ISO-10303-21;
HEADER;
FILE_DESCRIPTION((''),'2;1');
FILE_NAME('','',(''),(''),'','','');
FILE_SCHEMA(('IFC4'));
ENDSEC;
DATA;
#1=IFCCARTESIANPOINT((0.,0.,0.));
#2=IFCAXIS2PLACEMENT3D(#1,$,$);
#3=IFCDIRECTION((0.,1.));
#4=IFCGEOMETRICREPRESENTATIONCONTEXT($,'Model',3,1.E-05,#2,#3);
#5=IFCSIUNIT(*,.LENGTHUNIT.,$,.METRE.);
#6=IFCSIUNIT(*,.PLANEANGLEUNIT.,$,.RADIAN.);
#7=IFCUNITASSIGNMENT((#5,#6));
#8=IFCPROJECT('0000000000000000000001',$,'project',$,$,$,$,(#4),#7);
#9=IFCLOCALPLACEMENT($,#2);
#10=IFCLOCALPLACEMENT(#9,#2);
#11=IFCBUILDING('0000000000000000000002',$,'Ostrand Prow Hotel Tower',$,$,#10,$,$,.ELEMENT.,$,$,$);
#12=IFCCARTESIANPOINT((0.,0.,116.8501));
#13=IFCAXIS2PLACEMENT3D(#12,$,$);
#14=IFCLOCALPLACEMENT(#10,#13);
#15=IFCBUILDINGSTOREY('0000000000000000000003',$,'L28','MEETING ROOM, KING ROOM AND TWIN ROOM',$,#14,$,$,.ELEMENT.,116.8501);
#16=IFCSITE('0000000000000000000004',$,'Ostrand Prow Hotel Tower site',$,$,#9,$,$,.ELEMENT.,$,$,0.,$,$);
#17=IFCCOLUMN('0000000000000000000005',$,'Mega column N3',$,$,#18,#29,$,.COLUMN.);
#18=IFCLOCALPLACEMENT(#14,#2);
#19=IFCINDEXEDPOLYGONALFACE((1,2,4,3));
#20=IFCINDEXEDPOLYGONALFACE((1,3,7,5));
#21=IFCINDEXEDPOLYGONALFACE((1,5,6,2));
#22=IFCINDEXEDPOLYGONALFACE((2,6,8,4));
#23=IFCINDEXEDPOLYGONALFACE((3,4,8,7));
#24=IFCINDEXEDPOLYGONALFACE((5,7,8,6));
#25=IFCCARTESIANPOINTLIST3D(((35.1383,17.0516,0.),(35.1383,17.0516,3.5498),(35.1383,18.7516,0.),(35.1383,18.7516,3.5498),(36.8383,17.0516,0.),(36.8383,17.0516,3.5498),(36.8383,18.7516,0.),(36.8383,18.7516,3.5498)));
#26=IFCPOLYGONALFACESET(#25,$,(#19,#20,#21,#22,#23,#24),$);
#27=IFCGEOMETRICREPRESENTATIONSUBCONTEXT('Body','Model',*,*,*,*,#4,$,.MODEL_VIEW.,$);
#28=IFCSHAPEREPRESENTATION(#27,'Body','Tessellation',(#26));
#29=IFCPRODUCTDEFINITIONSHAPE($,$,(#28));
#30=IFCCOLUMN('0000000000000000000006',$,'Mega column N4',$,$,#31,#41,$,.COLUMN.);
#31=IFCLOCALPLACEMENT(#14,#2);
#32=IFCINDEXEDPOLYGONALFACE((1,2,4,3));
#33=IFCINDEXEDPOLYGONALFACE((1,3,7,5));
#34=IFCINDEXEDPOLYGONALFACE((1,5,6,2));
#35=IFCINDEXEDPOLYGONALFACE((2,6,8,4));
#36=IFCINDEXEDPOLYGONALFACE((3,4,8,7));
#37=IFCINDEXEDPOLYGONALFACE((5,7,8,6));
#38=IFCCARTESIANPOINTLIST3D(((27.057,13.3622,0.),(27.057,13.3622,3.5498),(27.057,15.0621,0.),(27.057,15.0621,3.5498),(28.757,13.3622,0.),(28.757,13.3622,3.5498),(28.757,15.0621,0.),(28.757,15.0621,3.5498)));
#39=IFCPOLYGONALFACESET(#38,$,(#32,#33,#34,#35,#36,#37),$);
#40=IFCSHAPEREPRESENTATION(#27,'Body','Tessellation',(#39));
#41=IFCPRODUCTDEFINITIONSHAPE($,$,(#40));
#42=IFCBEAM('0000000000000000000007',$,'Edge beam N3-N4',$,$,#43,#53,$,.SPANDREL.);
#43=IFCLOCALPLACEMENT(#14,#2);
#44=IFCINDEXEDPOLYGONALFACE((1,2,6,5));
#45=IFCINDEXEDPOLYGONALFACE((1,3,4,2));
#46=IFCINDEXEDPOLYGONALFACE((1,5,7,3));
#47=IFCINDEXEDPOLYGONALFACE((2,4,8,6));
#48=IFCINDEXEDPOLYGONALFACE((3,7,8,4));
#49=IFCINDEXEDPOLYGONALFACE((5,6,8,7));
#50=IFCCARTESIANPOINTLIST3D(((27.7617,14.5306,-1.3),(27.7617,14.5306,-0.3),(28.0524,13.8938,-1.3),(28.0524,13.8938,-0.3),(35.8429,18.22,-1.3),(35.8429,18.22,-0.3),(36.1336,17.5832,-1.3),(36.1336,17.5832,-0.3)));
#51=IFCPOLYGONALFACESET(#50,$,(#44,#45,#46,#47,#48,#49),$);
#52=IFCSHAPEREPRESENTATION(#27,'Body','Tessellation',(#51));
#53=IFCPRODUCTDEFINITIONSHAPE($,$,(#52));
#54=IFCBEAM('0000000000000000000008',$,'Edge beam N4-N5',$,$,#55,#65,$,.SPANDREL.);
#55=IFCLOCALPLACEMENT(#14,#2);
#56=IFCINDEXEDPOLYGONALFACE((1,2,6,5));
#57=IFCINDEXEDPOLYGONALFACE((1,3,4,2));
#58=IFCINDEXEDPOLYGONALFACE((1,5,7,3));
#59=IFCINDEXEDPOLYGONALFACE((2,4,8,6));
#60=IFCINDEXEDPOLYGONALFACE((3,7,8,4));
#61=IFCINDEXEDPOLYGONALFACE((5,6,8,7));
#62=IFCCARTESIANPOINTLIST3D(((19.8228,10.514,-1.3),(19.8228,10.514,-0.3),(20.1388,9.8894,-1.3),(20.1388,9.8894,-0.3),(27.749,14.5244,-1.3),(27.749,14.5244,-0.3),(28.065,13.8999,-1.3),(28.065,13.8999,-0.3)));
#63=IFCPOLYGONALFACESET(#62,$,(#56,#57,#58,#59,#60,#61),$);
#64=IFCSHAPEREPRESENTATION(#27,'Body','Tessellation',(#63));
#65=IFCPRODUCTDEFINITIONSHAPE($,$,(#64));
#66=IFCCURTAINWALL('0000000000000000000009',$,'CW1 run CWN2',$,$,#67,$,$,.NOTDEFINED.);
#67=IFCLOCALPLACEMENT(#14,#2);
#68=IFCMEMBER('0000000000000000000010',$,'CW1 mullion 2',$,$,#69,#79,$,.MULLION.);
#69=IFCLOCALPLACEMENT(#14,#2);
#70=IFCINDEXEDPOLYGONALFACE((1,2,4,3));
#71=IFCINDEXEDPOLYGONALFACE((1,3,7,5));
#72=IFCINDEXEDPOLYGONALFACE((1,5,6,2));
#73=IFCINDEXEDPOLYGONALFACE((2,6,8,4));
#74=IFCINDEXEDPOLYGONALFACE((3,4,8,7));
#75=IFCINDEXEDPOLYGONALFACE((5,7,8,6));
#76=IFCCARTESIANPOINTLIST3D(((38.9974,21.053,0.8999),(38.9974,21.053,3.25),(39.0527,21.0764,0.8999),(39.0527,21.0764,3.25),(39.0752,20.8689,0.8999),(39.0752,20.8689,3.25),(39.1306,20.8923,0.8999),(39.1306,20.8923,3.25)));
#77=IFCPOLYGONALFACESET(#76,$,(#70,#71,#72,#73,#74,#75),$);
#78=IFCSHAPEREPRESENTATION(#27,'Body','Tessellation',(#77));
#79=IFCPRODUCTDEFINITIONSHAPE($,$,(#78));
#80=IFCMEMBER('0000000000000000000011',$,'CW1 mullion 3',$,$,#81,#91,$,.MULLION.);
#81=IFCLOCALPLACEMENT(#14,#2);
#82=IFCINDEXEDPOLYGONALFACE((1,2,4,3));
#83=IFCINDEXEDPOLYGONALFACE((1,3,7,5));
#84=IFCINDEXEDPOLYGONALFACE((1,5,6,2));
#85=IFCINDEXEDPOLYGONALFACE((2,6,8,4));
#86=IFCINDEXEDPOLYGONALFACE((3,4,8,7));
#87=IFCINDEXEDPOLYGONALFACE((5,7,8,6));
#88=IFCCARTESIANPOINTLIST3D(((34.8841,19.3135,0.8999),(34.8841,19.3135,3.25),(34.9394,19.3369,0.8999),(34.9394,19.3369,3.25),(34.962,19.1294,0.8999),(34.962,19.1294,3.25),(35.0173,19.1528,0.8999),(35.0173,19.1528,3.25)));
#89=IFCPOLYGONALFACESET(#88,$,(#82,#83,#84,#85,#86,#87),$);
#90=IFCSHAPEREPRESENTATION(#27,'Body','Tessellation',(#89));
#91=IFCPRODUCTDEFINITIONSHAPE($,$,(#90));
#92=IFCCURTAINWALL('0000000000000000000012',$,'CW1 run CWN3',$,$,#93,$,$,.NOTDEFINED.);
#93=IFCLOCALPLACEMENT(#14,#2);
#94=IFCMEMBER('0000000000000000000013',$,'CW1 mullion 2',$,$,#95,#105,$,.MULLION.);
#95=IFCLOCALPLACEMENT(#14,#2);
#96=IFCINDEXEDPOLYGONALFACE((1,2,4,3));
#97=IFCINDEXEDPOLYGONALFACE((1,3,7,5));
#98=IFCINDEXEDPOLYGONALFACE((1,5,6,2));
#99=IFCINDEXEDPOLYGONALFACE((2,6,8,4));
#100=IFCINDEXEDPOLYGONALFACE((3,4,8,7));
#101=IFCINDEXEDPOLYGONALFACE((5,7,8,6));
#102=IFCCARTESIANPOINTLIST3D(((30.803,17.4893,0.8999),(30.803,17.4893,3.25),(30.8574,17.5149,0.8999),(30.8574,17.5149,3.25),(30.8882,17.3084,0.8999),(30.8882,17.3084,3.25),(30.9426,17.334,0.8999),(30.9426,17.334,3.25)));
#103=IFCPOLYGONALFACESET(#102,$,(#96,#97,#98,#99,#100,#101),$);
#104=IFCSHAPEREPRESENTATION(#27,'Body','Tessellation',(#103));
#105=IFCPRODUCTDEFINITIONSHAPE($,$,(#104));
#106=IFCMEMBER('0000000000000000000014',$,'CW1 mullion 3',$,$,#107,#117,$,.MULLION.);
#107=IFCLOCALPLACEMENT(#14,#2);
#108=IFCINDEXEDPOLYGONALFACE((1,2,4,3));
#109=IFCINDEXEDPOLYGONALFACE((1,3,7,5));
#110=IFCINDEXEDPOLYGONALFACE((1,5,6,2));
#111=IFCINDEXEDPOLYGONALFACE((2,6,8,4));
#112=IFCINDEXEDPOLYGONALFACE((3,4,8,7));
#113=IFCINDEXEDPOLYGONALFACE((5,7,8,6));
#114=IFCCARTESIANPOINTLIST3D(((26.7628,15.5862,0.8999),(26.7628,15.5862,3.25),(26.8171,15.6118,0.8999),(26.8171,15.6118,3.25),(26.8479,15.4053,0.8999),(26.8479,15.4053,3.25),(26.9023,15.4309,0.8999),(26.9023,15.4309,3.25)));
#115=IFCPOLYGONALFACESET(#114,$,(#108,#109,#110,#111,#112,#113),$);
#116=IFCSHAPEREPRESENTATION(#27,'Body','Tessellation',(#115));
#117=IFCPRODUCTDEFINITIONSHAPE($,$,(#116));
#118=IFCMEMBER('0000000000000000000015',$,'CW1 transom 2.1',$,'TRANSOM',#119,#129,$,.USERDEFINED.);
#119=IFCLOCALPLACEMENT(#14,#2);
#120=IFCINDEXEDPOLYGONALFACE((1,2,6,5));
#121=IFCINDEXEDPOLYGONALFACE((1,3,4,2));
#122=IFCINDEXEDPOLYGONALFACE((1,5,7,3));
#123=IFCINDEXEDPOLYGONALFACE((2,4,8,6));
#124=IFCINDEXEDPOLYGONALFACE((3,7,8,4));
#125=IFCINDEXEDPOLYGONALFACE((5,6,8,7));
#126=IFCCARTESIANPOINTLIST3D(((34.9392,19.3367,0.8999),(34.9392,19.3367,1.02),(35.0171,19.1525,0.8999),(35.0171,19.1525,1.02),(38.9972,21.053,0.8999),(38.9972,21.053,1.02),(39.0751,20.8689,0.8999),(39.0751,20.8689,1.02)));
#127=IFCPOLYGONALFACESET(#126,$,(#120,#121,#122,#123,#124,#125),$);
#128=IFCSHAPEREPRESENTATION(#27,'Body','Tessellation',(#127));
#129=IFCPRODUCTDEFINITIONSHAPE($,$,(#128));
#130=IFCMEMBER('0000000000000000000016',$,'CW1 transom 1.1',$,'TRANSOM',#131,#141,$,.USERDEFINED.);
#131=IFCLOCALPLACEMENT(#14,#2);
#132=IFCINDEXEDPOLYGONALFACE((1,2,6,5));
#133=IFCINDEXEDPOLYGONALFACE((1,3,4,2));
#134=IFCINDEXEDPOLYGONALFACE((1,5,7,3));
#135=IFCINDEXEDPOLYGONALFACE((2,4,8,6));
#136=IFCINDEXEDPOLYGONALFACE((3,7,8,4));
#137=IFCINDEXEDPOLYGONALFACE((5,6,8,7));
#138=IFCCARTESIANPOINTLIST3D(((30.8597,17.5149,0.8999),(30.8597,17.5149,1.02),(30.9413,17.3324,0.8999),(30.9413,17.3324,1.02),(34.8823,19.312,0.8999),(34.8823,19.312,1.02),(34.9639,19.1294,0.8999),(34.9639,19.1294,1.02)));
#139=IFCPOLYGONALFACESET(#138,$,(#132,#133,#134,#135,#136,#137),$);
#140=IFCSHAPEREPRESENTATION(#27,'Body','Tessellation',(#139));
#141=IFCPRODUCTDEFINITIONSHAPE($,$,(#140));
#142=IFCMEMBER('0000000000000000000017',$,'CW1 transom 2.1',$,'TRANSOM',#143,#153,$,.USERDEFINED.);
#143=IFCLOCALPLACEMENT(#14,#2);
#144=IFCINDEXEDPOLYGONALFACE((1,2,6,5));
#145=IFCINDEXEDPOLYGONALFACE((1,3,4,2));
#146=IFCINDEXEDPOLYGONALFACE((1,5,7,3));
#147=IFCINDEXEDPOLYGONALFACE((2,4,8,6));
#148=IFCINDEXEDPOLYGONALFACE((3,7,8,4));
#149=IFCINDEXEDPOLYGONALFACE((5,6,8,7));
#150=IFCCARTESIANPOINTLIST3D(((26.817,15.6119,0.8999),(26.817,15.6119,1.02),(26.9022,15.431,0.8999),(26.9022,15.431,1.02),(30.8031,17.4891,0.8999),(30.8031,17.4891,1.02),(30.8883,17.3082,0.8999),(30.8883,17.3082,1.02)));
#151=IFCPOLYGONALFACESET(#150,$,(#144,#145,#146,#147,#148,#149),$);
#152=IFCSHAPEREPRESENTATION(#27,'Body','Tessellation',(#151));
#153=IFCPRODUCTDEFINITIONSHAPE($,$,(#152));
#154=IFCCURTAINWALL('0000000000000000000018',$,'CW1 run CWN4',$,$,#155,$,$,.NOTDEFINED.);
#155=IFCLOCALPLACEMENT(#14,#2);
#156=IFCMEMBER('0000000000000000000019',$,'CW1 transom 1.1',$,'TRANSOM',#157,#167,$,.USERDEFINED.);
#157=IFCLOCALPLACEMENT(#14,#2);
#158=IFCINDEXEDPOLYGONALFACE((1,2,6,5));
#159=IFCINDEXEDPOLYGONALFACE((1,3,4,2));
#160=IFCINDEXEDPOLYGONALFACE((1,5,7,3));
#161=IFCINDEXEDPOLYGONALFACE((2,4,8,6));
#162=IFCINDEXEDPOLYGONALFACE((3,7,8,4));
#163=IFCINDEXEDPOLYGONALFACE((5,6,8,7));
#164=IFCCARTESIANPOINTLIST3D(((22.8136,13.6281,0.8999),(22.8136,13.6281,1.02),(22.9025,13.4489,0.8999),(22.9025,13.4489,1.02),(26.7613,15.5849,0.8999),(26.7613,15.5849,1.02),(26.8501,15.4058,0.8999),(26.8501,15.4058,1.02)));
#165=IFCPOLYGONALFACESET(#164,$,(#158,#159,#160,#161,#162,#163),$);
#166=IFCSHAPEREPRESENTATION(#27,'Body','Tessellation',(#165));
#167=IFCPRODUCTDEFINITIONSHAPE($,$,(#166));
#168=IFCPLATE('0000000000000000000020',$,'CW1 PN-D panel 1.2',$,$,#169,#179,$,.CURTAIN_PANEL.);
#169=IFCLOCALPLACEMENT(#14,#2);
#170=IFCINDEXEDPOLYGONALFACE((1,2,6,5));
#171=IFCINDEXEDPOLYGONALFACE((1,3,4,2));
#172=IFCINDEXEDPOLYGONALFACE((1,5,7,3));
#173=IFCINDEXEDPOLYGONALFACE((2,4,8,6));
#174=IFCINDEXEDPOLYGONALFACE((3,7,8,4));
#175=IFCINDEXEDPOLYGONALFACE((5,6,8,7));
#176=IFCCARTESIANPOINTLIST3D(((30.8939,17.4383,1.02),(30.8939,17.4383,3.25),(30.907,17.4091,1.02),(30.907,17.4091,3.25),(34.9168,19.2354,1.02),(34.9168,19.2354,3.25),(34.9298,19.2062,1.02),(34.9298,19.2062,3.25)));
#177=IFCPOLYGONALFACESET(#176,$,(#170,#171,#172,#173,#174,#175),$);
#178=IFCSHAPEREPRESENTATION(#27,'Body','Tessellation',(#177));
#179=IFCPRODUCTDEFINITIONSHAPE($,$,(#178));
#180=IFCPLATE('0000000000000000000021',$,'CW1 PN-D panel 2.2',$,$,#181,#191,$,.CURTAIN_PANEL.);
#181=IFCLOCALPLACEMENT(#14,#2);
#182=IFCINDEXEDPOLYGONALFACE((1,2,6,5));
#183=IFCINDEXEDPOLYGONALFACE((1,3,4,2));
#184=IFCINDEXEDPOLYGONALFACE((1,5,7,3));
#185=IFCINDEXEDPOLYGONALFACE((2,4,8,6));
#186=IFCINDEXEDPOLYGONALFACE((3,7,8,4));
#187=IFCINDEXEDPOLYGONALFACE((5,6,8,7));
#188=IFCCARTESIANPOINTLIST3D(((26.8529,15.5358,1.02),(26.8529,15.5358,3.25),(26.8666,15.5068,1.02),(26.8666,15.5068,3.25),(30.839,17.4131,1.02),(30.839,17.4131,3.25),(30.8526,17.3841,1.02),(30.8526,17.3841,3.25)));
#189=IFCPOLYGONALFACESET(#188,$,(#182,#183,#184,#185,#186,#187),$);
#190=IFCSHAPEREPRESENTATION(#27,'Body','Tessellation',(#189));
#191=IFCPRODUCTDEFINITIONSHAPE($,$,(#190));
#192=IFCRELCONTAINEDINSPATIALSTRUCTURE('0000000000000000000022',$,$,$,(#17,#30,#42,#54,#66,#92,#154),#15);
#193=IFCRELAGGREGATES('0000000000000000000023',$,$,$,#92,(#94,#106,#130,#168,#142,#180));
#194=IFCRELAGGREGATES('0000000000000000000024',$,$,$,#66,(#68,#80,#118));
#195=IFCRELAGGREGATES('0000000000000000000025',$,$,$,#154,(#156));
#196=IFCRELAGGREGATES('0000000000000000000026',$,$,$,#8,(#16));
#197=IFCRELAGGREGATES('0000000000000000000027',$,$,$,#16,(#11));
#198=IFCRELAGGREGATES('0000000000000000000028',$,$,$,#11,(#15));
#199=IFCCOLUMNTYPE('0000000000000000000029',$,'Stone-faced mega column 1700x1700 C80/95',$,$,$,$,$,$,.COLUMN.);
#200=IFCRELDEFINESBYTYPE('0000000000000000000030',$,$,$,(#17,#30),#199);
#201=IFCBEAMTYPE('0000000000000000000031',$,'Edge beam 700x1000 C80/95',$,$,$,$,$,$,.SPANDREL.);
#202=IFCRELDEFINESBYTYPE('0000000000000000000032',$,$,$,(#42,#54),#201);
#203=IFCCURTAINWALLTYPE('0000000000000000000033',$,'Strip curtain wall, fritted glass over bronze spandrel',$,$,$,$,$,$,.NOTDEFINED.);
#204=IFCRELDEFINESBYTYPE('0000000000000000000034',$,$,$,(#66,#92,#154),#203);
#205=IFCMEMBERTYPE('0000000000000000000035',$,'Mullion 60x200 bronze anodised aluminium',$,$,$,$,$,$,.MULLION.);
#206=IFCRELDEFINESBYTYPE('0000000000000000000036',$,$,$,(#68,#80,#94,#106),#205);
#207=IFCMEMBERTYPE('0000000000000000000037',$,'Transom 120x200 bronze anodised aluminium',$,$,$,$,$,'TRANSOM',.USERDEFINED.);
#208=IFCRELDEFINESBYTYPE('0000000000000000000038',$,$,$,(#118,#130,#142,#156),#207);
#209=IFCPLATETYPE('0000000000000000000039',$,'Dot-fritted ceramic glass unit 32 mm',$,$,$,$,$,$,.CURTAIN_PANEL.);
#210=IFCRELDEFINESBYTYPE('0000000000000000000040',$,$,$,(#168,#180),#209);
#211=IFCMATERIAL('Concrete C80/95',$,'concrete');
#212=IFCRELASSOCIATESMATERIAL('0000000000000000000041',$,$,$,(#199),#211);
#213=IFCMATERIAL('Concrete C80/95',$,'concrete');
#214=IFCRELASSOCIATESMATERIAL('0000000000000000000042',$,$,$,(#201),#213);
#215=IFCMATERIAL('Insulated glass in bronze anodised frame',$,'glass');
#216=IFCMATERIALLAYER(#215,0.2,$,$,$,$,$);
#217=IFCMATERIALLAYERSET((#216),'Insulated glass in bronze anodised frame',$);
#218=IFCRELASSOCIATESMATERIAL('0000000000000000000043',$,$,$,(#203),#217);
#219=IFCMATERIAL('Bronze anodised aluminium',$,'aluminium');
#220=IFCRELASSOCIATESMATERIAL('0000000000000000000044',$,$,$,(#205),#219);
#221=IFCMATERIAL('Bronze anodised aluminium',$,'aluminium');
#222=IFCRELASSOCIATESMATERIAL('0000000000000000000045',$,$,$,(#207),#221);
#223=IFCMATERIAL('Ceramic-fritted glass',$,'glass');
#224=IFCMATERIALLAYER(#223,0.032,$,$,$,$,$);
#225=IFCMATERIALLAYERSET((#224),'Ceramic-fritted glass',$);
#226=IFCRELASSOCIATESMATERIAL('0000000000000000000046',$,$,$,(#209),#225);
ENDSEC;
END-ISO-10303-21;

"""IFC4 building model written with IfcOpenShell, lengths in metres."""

from ifc_helpers import new_model, si_unit, direction, frame, origin, origin_2d, place, context, subcontext, project, spatial, rectangle, extrude, material, layer, layer_set, material_profile, profile_set, type_object, element, aggregate, save


model = new_model("IFC4")

# Units and contexts
model_context = context("Model", 3, precision=1e-05, world=origin(), true_north=direction((0.0, 1.0)))
body_context = subcontext(model_context, "Body", "Model", "MODEL_VIEW")
ifc_project = project(units=[si_unit("LENGTHUNIT", "METRE"), si_unit("PLANEANGLEUNIT", "RADIAN")], contexts=[model_context])

# Site, building, storey
site_placement = place(None, origin())
site = spatial("IfcSite", under=ifc_project, at=site_placement, Name="Ostrand Prow Hotel Tower site", CompositionType="ELEMENT", RefElevation=0.0)
building_placement = place(site_placement, origin())
building = spatial("IfcBuilding", under=site, at=building_placement, Name="Ostrand Prow Hotel Tower", CompositionType="ELEMENT")
storey_placement = place(building_placement, frame((0.0, 0.0, 116.8501)))
storey = spatial("IfcBuildingStorey", under=building, at=storey_placement, Name="L28", Description="MEETING ROOM, KING ROOM AND TWIN ROOM", CompositionType="ELEMENT", Elevation=116.8501)

# Columns
ifc_material_1 = material(Name="Concrete C80/95", Category="concrete")
ifc_material_profile_1 = material_profile(ifc_material_1, rectangle(XDim=1.7, YDim=1.7, at=origin_2d()), Name="RC 1700x1700")
ifc_profile_set_1 = profile_set([ifc_material_profile_1], Name="Concrete C80/95")
column_type = type_object("IfcColumnType", Name="Stone-faced mega column 1700x1700 C80/95", PredefinedType="COLUMN", material=ifc_profile_set_1)
for number, where, z_axis, x_axis, name in (
    (1, (35.9883, 17.9016, 0.0), (0.0, 0.0, 1.0), (1.0, 0.0, 0.0), "Mega column N3"),
    (2, (27.907, 14.2122, 0.0), (0.0, 0.0, 1.0), (1.0, 0.0, 0.0), "Mega column N4"),
):
    element("IfcColumn", number, at=place(storey_placement, frame(where, z_axis=z_axis, x_axis=x_axis)), inside=storey, type_object=column_type, Name=name, PredefinedType="COLUMN", context=body_context, shape_type="SweptSolid", body=[
        extrude(rectangle(XDim=1.7, YDim=1.7, at=origin_2d()), origin(), (0.0, 0.0, 1.0), 3.5498),
    ])

# Beams
ifc_material_2 = material(Name="Concrete C80/95", Category="concrete")
ifc_material_profile_2 = material_profile(ifc_material_2, rectangle(XDim=0.7, YDim=1.0, at=origin_2d()), Name="RC 700x1000")
ifc_profile_set_2 = profile_set([ifc_material_profile_2], Name="Concrete C80/95")
beam_type = type_object("IfcBeamType", Name="Edge beam 700x1000 C80/95", PredefinedType="SPANDREL", material=ifc_profile_set_2)
beam_1_placement = place(storey_placement, frame((35.9883, 17.9016, -0.8), z_axis=(-0.909681, -0.415308, 0.0), x_axis=(0.415308, -0.909681, 0.0)))
element("IfcBeam", 3, at=beam_1_placement, inside=storey, type_object=beam_type, Name="Edge beam N3-N4", PredefinedType="SPANDREL", context=body_context, shape_type="SweptSolid", body=[
    extrude(rectangle(XDim=0.7, YDim=1.0, at=origin_2d()), origin(), (0.0, 0.0, 1.0), 8.8835),
])
beam_2_placement = place(storey_placement, frame((27.907, 14.2122, -0.8), z_axis=(-0.892284, -0.451474, 0.0), x_axis=(0.451474, -0.892284, 0.0)))
element("IfcBeam", 4, at=beam_2_placement, inside=storey, type_object=beam_type, Name="Edge beam N4-N5", PredefinedType="SPANDREL", context=body_context, shape_type="SweptSolid", body=[
    extrude(rectangle(XDim=0.7, YDim=1.0, at=origin_2d()), origin(), (0.0, 0.0, 1.0), 8.8831),
])

# Curtain walls, members
ifc_material_3 = material(Name="Insulated glass in bronze anodised frame", Category="glass")
ifc_layer_1 = layer(ifc_material_3, 0.2)
ifc_layer_set_1 = layer_set([ifc_layer_1], Name="Insulated glass in bronze anodised frame")
curtain_wall_type = type_object("IfcCurtainWallType", Name="Strip curtain wall, fritted glass over bronze spandrel", PredefinedType="NOTDEFINED", material=ifc_layer_set_1)
curtain_wall_1_placement = place(storey_placement, origin())
curtain_wall_1 = element("IfcCurtainWall", 5, at=curtain_wall_1_placement, inside=storey, type_object=curtain_wall_type, Name="CW1 run CWN2", PredefinedType="NOTDEFINED")
ifc_material_4 = material(Name="Bronze anodised aluminium", Category="aluminium")
ifc_material_profile_3 = material_profile(ifc_material_4, rectangle(XDim=0.2, YDim=0.0601, at=origin_2d()), Name="Mullion 60x200 bronze anodised aluminium")
ifc_profile_set_3 = profile_set([ifc_material_profile_3], Name="Bronze anodised aluminium")
member_type_1 = type_object("IfcMemberType", Name="Mullion 60x200 bronze anodised aluminium", PredefinedType="MULLION", material=ifc_profile_set_3)
member_1_placement = place(storey_placement, frame((39.064, 20.9727, 0.8999), z_axis=(0.0, 0.0, 1.0), x_axis=(0.389507, -0.921024, 0.0)))
member_1 = element("IfcMember", 6, at=member_1_placement, type_object=member_type_1, Name="CW1 mullion 2", PredefinedType="MULLION", context=body_context, shape_type="SweptSolid", body=[
    extrude(rectangle(XDim=0.2, YDim=0.0601, at=origin_2d()), origin(), (0.0, 0.0, 1.0), 2.3501),
])
member_2_placement = place(storey_placement, frame((34.9507, 19.2332, 0.8999), z_axis=(0.0, 0.0, 1.0), x_axis=(0.389507, -0.921024, 0.0)))
member_2 = element("IfcMember", 7, at=member_2_placement, type_object=member_type_1, Name="CW1 mullion 3", PredefinedType="MULLION", context=body_context, shape_type="SweptSolid", body=[
    extrude(rectangle(XDim=0.2, YDim=0.0601, at=origin_2d()), origin(), (0.0, 0.0, 1.0), 2.3501),
])
curtain_wall_2_placement = place(storey_placement, origin())
curtain_wall_2 = element("IfcCurtainWall", 8, at=curtain_wall_2_placement, inside=storey, type_object=curtain_wall_type, Name="CW1 run CWN3", PredefinedType="NOTDEFINED")
member_3_placement = place(storey_placement, frame((30.8728, 17.4116, 0.8999), z_axis=(0.0, 0.0, 1.0), x_axis=(0.426079, -0.904686, 0.0)))
member_3 = element("IfcMember", 9, at=member_3_placement, type_object=member_type_1, Name="CW1 mullion 2", PredefinedType="MULLION", context=body_context, shape_type="SweptSolid", body=[
    extrude(rectangle(XDim=0.2, YDim=0.0601, at=origin_2d()), origin(), (0.0, 0.0, 1.0), 2.3501),
])
member_4_placement = place(storey_placement, frame((26.8325, 15.5085, 0.8999), z_axis=(0.0, 0.0, 1.0), x_axis=(0.426079, -0.904686, 0.0)))
member_4 = element("IfcMember", 10, at=member_4_placement, type_object=member_type_1, Name="CW1 mullion 3", PredefinedType="MULLION", context=body_context, shape_type="SweptSolid", body=[
    extrude(rectangle(XDim=0.2, YDim=0.0601, at=origin_2d()), origin(), (0.0, 0.0, 1.0), 2.3501),
])

# Members
ifc_material_5 = material(Name="Bronze anodised aluminium", Category="aluminium")
ifc_material_profile_4 = material_profile(ifc_material_5, rectangle(XDim=0.2, YDim=0.1201, at=origin_2d()), Name="Transom 120x200 bronze anodised aluminium")
ifc_profile_set_4 = profile_set([ifc_material_profile_4], Name="Bronze anodised aluminium")
member_type_2 = type_object("IfcMemberType", Name="Transom 120x200 bronze anodised aluminium", ElementType="TRANSOM", PredefinedType="USERDEFINED", material=ifc_profile_set_4)
member_5_placement = place(storey_placement, frame((39.0361, 20.9609, 0.96), z_axis=(-0.921006, -0.389548, 0.0), x_axis=(0.389548, -0.921006, 0.0)))
member_5 = element("IfcMember", 11, at=member_5_placement, type_object=member_type_2, Name="CW1 transom 2.1", ObjectType="TRANSOM", PredefinedType="USERDEFINED", context=body_context, shape_type="SweptSolid", body=[
    extrude(rectangle(XDim=0.2, YDim=0.1201, at=origin_2d()), origin(), (0.0, 0.0, 1.0), 4.406),
])
member_6_placement = place(storey_placement, frame((34.9231, 19.2207, 0.96), z_axis=(-0.913031, -0.407891, 0.0), x_axis=(0.407891, -0.913031, 0.0)))
member_6 = element("IfcMember", 12, at=member_6_placement, type_object=member_type_2, Name="CW1 transom 1.1", ObjectType="TRANSOM", PredefinedType="USERDEFINED", context=body_context, shape_type="SweptSolid", body=[
    extrude(rectangle(XDim=0.2, YDim=0.1201, at=origin_2d()), origin(), (0.0, 0.0, 1.0), 4.4058),
])
member_7_placement = place(storey_placement, frame((30.8457, 17.3987, 0.96), z_axis=(-0.904697, -0.426056, 0.0), x_axis=(0.426056, -0.904697, 0.0)))
member_7 = element("IfcMember", 13, at=member_7_placement, type_object=member_type_2, Name="CW1 transom 2.1", ObjectType="TRANSOM", PredefinedType="USERDEFINED", context=body_context, shape_type="SweptSolid", body=[
    extrude(rectangle(XDim=0.2, YDim=0.1201, at=origin_2d()), origin(), (0.0, 0.0, 1.0), 4.406),
])

# Curtain wall, member
curtain_wall_3_placement = place(storey_placement, origin())
curtain_wall_3 = element("IfcCurtainWall", 14, at=curtain_wall_3_placement, inside=storey, type_object=curtain_wall_type, Name="CW1 run CWN4", PredefinedType="NOTDEFINED")
member_8_placement = place(storey_placement, frame((26.8057, 15.4954, 0.96), z_axis=(-0.895962, -0.44413, 0.0), x_axis=(0.44413, -0.895962, 0.0)))
member_8 = element("IfcMember", 15, at=member_8_placement, type_object=member_type_2, Name="CW1 transom 1.1", ObjectType="TRANSOM", PredefinedType="USERDEFINED", context=body_context, shape_type="SweptSolid", body=[
    extrude(rectangle(XDim=0.2, YDim=0.1201, at=origin_2d()), origin(), (0.0, 0.0, 1.0), 4.406),
])

# Plates
ifc_material_6 = material(Name="Ceramic-fritted glass", Category="glass")
ifc_layer_2 = layer(ifc_material_6, 0.032)
ifc_layer_set_2 = layer_set([ifc_layer_2], Name="Ceramic-fritted glass")
plate_type_1 = type_object("IfcPlateType", Name="Dot-fritted ceramic glass unit 32 mm", PredefinedType="CURTAIN_PANEL", material=ifc_layer_set_2)
plate_1_placement = place(storey_placement, frame((32.9119, 18.3223, 1.02), z_axis=(0.0, 0.0, 1.0), x_axis=(-0.913038, -0.407875, 0.0)))
plate_1 = element("IfcPlate", 16, at=plate_1_placement, type_object=plate_type_1, Name="CW1 PN-D panel 1.2", PredefinedType="CURTAIN_PANEL", context=body_context, shape_type="SweptSolid", body=[
    extrude(rectangle(XDim=4.406, YDim=0.032, at=origin_2d()), origin(), (0.0, 0.0, 1.0), 2.23),
])
plate_2_placement = place(storey_placement, frame((28.8528, 16.46, 1.02), z_axis=(0.0, 0.0, 1.0), x_axis=(-0.904686, -0.426079, 0.0)))
plate_2 = element("IfcPlate", 17, at=plate_2_placement, type_object=plate_type_1, Name="CW1 PN-D panel 2.2", PredefinedType="CURTAIN_PANEL", context=body_context, shape_type="SweptSolid", body=[
    extrude(rectangle(XDim=4.406, YDim=0.032, at=origin_2d()), origin(), (0.0, 0.0, 1.0), 2.23),
])
aggregate(curtain_wall_2, [member_3, member_4, member_6, plate_1, member_7, plate_2])
aggregate(curtain_wall_1, [member_1, member_2, member_5])
aggregate(curtain_wall_3, [member_8])

save(model, "model.ifc")
